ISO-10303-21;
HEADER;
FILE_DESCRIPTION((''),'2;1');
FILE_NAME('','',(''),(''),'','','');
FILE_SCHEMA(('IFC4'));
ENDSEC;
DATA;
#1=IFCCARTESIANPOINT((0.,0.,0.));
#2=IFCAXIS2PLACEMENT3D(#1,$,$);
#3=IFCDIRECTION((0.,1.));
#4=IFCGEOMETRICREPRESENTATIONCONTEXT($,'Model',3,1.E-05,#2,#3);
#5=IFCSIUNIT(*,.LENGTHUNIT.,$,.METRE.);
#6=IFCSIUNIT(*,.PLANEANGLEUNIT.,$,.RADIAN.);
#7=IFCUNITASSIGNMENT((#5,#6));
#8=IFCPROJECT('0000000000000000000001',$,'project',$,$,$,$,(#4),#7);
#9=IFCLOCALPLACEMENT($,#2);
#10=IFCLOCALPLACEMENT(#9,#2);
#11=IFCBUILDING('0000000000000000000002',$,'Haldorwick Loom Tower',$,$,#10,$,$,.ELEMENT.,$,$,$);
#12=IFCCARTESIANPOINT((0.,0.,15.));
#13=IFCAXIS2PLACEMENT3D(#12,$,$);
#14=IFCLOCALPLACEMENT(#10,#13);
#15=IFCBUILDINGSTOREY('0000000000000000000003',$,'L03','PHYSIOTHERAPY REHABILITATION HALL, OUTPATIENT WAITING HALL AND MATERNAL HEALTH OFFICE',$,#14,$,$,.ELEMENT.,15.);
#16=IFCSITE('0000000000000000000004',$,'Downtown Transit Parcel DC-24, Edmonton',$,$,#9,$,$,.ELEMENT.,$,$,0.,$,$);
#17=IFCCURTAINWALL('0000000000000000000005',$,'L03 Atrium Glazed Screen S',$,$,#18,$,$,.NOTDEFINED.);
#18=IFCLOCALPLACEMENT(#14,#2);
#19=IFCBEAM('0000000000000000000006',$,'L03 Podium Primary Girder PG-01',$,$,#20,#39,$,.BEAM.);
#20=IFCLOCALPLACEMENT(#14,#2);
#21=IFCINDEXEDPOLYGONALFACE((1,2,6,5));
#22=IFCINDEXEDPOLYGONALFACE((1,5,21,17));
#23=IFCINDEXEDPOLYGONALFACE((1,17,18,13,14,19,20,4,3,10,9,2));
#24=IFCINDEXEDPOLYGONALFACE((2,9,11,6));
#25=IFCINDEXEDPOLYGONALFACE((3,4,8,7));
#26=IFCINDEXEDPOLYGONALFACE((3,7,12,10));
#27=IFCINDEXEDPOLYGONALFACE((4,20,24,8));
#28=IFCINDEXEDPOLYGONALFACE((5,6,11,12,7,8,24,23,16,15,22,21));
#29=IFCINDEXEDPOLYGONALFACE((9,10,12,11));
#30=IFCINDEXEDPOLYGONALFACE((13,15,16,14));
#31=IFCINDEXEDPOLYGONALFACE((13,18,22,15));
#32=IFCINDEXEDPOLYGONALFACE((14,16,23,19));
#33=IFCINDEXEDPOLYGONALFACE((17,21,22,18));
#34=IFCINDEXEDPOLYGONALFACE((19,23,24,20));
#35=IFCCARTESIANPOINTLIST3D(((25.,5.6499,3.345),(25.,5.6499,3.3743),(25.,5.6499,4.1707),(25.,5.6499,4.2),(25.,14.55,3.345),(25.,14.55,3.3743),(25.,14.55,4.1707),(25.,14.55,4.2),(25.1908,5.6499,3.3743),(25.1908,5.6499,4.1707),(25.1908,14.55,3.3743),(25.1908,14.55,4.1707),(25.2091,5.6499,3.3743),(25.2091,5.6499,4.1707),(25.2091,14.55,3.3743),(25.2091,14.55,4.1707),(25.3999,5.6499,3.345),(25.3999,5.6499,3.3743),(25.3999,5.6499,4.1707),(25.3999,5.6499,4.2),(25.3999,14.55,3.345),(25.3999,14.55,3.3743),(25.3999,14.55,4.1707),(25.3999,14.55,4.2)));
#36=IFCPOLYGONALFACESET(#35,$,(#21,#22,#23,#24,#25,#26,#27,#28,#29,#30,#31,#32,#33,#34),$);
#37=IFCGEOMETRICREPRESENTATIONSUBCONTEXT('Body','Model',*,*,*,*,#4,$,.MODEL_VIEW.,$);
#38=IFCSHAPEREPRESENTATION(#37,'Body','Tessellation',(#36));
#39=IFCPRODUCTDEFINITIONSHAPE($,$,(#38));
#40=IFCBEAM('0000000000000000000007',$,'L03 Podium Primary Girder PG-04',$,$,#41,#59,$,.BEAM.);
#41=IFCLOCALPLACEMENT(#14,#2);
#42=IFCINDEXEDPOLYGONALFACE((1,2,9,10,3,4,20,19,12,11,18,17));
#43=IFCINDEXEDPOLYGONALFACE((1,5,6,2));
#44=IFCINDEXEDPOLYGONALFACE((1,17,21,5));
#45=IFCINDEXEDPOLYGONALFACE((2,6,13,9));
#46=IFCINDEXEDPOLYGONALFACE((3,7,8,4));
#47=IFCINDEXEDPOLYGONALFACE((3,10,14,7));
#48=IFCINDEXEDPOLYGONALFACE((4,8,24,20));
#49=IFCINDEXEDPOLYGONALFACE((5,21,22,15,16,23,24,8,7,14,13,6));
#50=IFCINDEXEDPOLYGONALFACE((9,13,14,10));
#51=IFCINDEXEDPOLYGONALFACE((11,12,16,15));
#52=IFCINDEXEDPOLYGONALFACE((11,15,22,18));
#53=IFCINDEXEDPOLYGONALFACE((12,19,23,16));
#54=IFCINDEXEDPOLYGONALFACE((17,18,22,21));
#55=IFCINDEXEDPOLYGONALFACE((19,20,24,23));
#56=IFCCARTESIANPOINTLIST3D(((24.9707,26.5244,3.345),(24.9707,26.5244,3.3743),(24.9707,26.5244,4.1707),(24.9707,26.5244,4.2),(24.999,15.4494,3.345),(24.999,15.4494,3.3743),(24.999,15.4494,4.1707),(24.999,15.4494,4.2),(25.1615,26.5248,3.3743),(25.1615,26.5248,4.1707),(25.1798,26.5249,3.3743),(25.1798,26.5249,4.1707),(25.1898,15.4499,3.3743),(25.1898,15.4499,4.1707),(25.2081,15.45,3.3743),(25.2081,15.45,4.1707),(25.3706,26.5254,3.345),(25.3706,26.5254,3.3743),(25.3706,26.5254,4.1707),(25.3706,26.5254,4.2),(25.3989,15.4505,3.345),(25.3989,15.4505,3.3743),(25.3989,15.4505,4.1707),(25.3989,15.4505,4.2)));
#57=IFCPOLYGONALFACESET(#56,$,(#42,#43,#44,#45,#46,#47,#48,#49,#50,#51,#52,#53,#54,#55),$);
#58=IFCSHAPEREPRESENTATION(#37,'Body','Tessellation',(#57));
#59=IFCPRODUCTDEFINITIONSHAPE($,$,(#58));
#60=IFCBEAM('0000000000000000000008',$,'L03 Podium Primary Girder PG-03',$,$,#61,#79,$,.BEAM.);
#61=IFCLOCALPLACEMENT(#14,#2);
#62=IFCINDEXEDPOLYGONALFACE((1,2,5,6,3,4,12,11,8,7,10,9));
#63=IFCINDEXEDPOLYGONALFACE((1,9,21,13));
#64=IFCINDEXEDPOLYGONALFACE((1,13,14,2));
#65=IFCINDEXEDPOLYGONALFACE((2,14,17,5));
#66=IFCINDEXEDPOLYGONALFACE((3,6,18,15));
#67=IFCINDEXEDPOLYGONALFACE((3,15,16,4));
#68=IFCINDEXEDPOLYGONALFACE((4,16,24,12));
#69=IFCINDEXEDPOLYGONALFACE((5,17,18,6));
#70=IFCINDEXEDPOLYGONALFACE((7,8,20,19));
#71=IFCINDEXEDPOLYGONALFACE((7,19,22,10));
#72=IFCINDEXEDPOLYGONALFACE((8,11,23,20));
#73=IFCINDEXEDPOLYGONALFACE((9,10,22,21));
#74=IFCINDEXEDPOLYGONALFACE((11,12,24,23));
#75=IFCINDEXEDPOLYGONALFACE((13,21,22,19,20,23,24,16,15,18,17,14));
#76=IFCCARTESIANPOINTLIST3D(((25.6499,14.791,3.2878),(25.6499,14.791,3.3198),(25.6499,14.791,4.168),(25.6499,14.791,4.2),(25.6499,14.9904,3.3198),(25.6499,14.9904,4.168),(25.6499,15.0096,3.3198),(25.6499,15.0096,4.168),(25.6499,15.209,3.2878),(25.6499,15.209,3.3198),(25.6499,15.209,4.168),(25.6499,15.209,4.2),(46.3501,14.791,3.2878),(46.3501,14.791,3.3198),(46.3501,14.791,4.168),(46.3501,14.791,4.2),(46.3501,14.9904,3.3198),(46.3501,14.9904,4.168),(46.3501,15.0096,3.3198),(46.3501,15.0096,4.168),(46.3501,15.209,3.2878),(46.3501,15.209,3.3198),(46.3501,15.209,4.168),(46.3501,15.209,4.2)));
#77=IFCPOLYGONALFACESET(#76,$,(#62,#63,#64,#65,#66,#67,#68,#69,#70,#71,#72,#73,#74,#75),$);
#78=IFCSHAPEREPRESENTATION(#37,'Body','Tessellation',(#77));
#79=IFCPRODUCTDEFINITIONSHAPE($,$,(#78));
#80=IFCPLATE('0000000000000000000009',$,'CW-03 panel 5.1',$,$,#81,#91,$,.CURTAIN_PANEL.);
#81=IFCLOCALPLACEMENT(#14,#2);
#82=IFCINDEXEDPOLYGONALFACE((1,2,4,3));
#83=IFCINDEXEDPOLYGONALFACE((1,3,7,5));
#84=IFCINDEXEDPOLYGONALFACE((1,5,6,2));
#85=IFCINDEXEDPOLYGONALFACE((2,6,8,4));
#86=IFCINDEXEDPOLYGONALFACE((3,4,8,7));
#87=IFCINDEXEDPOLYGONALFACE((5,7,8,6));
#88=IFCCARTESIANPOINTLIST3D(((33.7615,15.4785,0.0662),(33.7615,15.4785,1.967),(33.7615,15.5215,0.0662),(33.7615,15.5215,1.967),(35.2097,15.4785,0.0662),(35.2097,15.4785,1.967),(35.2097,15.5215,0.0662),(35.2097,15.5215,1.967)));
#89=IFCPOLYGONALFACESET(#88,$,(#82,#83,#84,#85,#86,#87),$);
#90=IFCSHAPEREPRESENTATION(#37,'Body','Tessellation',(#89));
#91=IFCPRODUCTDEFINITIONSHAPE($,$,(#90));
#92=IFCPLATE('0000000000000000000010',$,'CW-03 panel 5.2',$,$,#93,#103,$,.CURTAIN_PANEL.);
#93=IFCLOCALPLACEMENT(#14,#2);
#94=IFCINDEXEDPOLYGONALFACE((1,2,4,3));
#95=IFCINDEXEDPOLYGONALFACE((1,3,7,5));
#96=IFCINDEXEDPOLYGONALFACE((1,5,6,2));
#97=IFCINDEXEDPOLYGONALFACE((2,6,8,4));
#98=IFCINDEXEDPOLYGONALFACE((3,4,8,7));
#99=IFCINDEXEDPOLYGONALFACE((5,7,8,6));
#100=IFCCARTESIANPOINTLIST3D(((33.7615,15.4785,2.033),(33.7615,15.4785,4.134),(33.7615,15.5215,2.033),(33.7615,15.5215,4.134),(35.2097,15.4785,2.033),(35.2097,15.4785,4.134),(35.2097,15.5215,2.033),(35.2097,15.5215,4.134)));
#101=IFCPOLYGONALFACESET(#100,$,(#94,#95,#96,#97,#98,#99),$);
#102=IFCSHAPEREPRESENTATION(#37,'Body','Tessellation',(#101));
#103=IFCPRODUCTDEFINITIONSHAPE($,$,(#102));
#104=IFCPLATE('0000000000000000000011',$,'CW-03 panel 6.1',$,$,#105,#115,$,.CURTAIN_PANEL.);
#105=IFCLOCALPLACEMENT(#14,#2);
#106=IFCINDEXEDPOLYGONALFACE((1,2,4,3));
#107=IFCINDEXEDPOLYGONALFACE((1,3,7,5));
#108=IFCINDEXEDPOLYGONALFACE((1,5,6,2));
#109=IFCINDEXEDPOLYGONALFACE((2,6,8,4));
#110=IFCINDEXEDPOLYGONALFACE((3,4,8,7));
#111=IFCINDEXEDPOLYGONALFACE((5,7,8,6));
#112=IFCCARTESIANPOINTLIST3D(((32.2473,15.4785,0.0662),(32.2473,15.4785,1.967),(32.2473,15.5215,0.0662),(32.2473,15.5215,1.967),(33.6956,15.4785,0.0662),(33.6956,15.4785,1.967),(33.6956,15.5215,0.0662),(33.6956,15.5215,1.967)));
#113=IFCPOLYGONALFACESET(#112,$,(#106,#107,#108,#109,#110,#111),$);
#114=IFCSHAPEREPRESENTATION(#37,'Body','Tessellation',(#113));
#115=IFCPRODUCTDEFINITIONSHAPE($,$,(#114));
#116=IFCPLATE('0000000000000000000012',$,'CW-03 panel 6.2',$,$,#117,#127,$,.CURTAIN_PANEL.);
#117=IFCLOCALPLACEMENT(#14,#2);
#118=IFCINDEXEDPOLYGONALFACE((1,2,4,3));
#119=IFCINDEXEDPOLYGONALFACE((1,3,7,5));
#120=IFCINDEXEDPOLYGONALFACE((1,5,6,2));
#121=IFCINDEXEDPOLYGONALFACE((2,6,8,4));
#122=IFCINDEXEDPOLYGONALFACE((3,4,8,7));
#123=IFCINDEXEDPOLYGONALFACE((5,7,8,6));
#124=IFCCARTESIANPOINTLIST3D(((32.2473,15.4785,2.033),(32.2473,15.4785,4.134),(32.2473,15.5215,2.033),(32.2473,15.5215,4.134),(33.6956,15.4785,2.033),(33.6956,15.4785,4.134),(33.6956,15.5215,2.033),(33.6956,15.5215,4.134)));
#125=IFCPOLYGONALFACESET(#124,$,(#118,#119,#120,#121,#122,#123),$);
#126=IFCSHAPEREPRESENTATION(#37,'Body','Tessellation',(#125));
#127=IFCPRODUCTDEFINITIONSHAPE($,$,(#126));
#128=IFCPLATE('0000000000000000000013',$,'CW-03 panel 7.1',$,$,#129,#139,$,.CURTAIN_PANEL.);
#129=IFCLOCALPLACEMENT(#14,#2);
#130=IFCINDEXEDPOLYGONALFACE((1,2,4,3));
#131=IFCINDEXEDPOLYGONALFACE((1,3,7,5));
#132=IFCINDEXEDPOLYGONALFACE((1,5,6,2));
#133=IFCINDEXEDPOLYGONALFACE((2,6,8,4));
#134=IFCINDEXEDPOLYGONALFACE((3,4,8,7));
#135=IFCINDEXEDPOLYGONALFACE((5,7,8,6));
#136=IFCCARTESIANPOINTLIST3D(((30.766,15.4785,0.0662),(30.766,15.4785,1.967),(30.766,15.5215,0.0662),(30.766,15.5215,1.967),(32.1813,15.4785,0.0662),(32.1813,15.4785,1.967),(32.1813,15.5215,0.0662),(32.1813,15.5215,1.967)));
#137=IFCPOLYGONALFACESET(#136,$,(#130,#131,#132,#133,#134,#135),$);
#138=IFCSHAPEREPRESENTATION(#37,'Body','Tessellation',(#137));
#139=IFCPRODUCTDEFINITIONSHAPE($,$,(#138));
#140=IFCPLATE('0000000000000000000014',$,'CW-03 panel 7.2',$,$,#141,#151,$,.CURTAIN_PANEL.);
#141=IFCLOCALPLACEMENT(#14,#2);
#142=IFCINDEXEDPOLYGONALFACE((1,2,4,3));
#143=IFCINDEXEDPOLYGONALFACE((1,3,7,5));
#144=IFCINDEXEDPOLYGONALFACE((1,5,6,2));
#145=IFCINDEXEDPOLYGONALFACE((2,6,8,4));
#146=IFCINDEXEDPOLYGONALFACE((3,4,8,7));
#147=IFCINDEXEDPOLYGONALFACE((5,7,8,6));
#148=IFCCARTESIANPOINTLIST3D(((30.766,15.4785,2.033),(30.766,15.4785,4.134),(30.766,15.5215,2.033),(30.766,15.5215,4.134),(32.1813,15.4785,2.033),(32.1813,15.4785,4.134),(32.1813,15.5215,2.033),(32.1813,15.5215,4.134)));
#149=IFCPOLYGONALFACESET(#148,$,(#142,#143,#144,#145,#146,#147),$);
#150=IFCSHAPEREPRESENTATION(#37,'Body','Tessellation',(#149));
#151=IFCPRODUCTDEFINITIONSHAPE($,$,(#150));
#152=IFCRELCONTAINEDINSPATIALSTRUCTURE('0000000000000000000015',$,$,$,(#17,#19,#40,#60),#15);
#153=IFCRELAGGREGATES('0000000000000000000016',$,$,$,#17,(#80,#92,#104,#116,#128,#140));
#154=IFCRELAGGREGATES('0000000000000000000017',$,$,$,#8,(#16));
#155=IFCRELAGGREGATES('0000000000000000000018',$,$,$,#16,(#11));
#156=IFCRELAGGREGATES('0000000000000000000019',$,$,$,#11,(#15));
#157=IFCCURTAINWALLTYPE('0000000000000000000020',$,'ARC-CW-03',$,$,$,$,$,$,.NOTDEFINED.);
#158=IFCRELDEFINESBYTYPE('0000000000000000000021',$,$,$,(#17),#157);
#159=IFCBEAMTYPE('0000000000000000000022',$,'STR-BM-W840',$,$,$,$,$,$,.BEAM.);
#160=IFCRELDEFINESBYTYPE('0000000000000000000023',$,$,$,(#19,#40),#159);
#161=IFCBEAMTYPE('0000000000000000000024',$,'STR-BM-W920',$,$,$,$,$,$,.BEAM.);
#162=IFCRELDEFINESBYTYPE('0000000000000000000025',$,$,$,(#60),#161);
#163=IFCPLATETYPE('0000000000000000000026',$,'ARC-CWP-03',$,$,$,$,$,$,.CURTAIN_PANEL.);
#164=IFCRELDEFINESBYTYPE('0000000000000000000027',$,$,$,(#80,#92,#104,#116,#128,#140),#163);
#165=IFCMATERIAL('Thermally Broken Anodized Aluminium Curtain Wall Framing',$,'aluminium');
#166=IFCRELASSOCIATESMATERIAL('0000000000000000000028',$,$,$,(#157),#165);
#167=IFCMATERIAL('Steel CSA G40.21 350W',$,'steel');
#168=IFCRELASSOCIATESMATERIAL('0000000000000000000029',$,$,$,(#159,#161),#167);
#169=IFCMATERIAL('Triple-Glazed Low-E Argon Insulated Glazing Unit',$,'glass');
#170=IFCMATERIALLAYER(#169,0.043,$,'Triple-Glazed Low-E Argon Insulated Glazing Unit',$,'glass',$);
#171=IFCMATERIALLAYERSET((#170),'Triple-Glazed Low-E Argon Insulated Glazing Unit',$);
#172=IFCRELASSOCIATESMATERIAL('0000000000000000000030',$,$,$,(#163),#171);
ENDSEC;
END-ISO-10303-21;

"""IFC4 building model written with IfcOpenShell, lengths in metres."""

from ifc_helpers import new_model, si_unit, direction, frame, origin, origin_2d, place, context, subcontext, project, spatial, rectangle, i_section, extrude, material, layer, layer_set, material_profile, profile_set, type_object, element, aggregate, save


model = new_model("IFC4")

# Units and contexts
model_context = context("Model", 3, precision=1e-05, world=origin(), true_north=direction((0.0, 1.0)))
body_context = subcontext(model_context, "Body", "Model", "MODEL_VIEW")
ifc_project = project(units=[si_unit("LENGTHUNIT", "METRE"), si_unit("PLANEANGLEUNIT", "RADIAN")], contexts=[model_context])

# Site, building, storey
site_placement = place(None, origin())
site = spatial("IfcSite", under=ifc_project, at=site_placement, Name="Downtown Transit Parcel DC-24, Edmonton", CompositionType="ELEMENT", RefElevation=0.0)
building_placement = place(site_placement, origin())
building = spatial("IfcBuilding", under=site, at=building_placement, Name="Haldorwick Loom Tower", CompositionType="ELEMENT")
storey_placement = place(building_placement, frame((0.0, 0.0, 15.0)))
storey = spatial("IfcBuildingStorey", under=building, at=storey_placement, Name="L03", Description="PHYSIOTHERAPY REHABILITATION HALL, OUTPATIENT WAITING HALL AND MATERNAL HEALTH OFFICE", CompositionType="ELEMENT", Elevation=15.0)

# Curtain wall
ifc_material_1 = material(Name="Thermally Broken Anodized Aluminium Curtain Wall Framing", Category="aluminium")
curtain_wall_type = type_object("IfcCurtainWallType", Name="ARC-CW-03", PredefinedType="NOTDEFINED", material=ifc_material_1)
curtain_wall_placement = place(storey_placement, origin())
curtain_wall = element("IfcCurtainWall", 1, at=curtain_wall_placement, inside=storey, type_object=curtain_wall_type, Name="L03 Atrium Glazed Screen S", PredefinedType="NOTDEFINED")

# Beams
ifc_material_2 = material(Name="Steel CSA G40.21 350W", Category="steel")
ifc_material_profile_1 = material_profile(ifc_material_2, i_section(OverallWidth=0.3999, OverallDepth=0.855, WebThickness=0.0183, FlangeThickness=0.0293, at=origin_2d()), Name="W840X299", Category="steel")
ifc_profile_set_1 = profile_set([ifc_material_profile_1], Name="Steel CSA G40.21 350W")
beam_type_1 = type_object("IfcBeamType", Name="STR-BM-W840", PredefinedType="BEAM", material=ifc_profile_set_1)
beam_1_placement = place(storey_placement, frame((25.2, 5.6499, 3.7725), z_axis=(0.0, 1.0, 0.0), x_axis=(-1.0, 0.0, 0.0)))
element("IfcBeam", 2, at=beam_1_placement, inside=storey, type_object=beam_type_1, Name="L03 Podium Primary Girder PG-01", PredefinedType="BEAM", context=body_context, shape_type="SweptSolid", body=[
    extrude(i_section(OverallWidth=0.3999, OverallDepth=0.855, WebThickness=0.0183, FlangeThickness=0.0293, at=origin_2d()), origin(), (0.0, 0.0, 1.0), 8.9001),
])
beam_2_placement = place(storey_placement, frame((25.199, 15.45, 3.7725), z_axis=(-0.002557, 0.999997, 0.0), x_axis=(-0.999997, -0.002557, 0.0)))
element("IfcBeam", 3, at=beam_2_placement, inside=storey, type_object=beam_type_1, Name="L03 Podium Primary Girder PG-04", PredefinedType="BEAM", context=body_context, shape_type="SweptSolid", body=[
    extrude(i_section(OverallWidth=0.3999, OverallDepth=0.855, WebThickness=0.0183, FlangeThickness=0.0293, at=origin_2d()), origin(), (0.0, 0.0, 1.0), 11.075),
])
ifc_material_profile_2 = material_profile(ifc_material_2, i_section(OverallWidth=0.418, OverallDepth=0.9121, WebThickness=0.0193, FlangeThickness=0.032, at=origin_2d()), Name="W920X342", Category="steel")
ifc_profile_set_2 = profile_set([ifc_material_profile_2], Name="Steel CSA G40.21 350W")
beam_type_2 = type_object("IfcBeamType", Name="STR-BM-W920", PredefinedType="BEAM", material=ifc_profile_set_2)
beam_3_placement = place(storey_placement, frame((25.6499, 15.0, 3.7439), z_axis=(1.0, 0.0, 0.0), x_axis=(0.0, 1.0, 0.0)))
element("IfcBeam", 4, at=beam_3_placement, inside=storey, type_object=beam_type_2, Name="L03 Podium Primary Girder PG-03", PredefinedType="BEAM", context=body_context, shape_type="SweptSolid", body=[
    extrude(i_section(OverallWidth=0.418, OverallDepth=0.9121, WebThickness=0.0193, FlangeThickness=0.032, at=origin_2d()), origin(), (0.0, 0.0, 1.0), 20.7002),
])

# Plates
ifc_material_3 = material(Name="Triple-Glazed Low-E Argon Insulated Glazing Unit", Category="glass")
ifc_layer_1 = layer(ifc_material_3, 0.043, Name="Triple-Glazed Low-E Argon Insulated Glazing Unit", Category="glass")
ifc_layer_set_1 = layer_set([ifc_layer_1], Name="Triple-Glazed Low-E Argon Insulated Glazing Unit")
plate_type = type_object("IfcPlateType", Name="ARC-CWP-03", PredefinedType="CURTAIN_PANEL", material=ifc_layer_set_1)
plate_1_placement = place(storey_placement, frame((34.4856, 15.5, 0.0662), z_axis=(0.0, 0.0, 1.0), x_axis=(-1.0, 0.0, 0.0)))
plate_1 = element("IfcPlate", 5, at=plate_1_placement, type_object=plate_type, Name="CW-03 panel 5.1", PredefinedType="CURTAIN_PANEL", context=body_context, shape_type="SweptSolid", body=[
    extrude(rectangle(XDim=1.4482, YDim=0.043, at=origin_2d()), origin(), (0.0, 0.0, 1.0), 1.9009),
])
plate_2_placement = place(storey_placement, frame((34.4856, 15.5, 2.033), z_axis=(0.0, 0.0, 1.0), x_axis=(-1.0, 0.0, 0.0)))
plate_2 = element("IfcPlate", 6, at=plate_2_placement, type_object=plate_type, Name="CW-03 panel 5.2", PredefinedType="CURTAIN_PANEL", context=body_context, shape_type="SweptSolid", body=[
    extrude(rectangle(XDim=1.4482, YDim=0.043, at=origin_2d()), origin(), (0.0, 0.0, 1.0), 2.1011),
])
plate_3_placement = place(storey_placement, frame((32.9714, 15.5, 0.0662), z_axis=(0.0, 0.0, 1.0), x_axis=(-1.0, 0.0, 0.0)))
plate_3 = element("IfcPlate", 7, at=plate_3_placement, type_object=plate_type, Name="CW-03 panel 6.1", PredefinedType="CURTAIN_PANEL", context=body_context, shape_type="SweptSolid", body=[
    extrude(rectangle(XDim=1.4482, YDim=0.043, at=origin_2d()), origin(), (0.0, 0.0, 1.0), 1.9009),
])
plate_4_placement = place(storey_placement, frame((32.9714, 15.5, 2.033), z_axis=(0.0, 0.0, 1.0), x_axis=(-1.0, 0.0, 0.0)))
plate_4 = element("IfcPlate", 8, at=plate_4_placement, type_object=plate_type, Name="CW-03 panel 6.2", PredefinedType="CURTAIN_PANEL", context=body_context, shape_type="SweptSolid", body=[
    extrude(rectangle(XDim=1.4482, YDim=0.043, at=origin_2d()), origin(), (0.0, 0.0, 1.0), 2.1011),
])
plate_5_placement = place(storey_placement, frame((31.4736, 15.5, 0.0662), z_axis=(0.0, 0.0, 1.0), x_axis=(-1.0, 0.0, 0.0)))
plate_5 = element("IfcPlate", 9, at=plate_5_placement, type_object=plate_type, Name="CW-03 panel 7.1", PredefinedType="CURTAIN_PANEL", context=body_context, shape_type="SweptSolid", body=[
    extrude(rectangle(XDim=1.4153, YDim=0.043, at=origin_2d()), origin(), (0.0, 0.0, 1.0), 1.9009),
])
plate_6_placement = place(storey_placement, frame((31.4736, 15.5, 2.033), z_axis=(0.0, 0.0, 1.0), x_axis=(-1.0, 0.0, 0.0)))
plate_6 = element("IfcPlate", 10, at=plate_6_placement, type_object=plate_type, Name="CW-03 panel 7.2", PredefinedType="CURTAIN_PANEL", context=body_context, shape_type="SweptSolid", body=[
    extrude(rectangle(XDim=1.4153, YDim=0.043, at=origin_2d()), origin(), (0.0, 0.0, 1.0), 2.1011),
])
aggregate(curtain_wall, [plate_1, plate_2, plate_3, plate_4, plate_5, plate_6])

save(model, "model.ifc")
